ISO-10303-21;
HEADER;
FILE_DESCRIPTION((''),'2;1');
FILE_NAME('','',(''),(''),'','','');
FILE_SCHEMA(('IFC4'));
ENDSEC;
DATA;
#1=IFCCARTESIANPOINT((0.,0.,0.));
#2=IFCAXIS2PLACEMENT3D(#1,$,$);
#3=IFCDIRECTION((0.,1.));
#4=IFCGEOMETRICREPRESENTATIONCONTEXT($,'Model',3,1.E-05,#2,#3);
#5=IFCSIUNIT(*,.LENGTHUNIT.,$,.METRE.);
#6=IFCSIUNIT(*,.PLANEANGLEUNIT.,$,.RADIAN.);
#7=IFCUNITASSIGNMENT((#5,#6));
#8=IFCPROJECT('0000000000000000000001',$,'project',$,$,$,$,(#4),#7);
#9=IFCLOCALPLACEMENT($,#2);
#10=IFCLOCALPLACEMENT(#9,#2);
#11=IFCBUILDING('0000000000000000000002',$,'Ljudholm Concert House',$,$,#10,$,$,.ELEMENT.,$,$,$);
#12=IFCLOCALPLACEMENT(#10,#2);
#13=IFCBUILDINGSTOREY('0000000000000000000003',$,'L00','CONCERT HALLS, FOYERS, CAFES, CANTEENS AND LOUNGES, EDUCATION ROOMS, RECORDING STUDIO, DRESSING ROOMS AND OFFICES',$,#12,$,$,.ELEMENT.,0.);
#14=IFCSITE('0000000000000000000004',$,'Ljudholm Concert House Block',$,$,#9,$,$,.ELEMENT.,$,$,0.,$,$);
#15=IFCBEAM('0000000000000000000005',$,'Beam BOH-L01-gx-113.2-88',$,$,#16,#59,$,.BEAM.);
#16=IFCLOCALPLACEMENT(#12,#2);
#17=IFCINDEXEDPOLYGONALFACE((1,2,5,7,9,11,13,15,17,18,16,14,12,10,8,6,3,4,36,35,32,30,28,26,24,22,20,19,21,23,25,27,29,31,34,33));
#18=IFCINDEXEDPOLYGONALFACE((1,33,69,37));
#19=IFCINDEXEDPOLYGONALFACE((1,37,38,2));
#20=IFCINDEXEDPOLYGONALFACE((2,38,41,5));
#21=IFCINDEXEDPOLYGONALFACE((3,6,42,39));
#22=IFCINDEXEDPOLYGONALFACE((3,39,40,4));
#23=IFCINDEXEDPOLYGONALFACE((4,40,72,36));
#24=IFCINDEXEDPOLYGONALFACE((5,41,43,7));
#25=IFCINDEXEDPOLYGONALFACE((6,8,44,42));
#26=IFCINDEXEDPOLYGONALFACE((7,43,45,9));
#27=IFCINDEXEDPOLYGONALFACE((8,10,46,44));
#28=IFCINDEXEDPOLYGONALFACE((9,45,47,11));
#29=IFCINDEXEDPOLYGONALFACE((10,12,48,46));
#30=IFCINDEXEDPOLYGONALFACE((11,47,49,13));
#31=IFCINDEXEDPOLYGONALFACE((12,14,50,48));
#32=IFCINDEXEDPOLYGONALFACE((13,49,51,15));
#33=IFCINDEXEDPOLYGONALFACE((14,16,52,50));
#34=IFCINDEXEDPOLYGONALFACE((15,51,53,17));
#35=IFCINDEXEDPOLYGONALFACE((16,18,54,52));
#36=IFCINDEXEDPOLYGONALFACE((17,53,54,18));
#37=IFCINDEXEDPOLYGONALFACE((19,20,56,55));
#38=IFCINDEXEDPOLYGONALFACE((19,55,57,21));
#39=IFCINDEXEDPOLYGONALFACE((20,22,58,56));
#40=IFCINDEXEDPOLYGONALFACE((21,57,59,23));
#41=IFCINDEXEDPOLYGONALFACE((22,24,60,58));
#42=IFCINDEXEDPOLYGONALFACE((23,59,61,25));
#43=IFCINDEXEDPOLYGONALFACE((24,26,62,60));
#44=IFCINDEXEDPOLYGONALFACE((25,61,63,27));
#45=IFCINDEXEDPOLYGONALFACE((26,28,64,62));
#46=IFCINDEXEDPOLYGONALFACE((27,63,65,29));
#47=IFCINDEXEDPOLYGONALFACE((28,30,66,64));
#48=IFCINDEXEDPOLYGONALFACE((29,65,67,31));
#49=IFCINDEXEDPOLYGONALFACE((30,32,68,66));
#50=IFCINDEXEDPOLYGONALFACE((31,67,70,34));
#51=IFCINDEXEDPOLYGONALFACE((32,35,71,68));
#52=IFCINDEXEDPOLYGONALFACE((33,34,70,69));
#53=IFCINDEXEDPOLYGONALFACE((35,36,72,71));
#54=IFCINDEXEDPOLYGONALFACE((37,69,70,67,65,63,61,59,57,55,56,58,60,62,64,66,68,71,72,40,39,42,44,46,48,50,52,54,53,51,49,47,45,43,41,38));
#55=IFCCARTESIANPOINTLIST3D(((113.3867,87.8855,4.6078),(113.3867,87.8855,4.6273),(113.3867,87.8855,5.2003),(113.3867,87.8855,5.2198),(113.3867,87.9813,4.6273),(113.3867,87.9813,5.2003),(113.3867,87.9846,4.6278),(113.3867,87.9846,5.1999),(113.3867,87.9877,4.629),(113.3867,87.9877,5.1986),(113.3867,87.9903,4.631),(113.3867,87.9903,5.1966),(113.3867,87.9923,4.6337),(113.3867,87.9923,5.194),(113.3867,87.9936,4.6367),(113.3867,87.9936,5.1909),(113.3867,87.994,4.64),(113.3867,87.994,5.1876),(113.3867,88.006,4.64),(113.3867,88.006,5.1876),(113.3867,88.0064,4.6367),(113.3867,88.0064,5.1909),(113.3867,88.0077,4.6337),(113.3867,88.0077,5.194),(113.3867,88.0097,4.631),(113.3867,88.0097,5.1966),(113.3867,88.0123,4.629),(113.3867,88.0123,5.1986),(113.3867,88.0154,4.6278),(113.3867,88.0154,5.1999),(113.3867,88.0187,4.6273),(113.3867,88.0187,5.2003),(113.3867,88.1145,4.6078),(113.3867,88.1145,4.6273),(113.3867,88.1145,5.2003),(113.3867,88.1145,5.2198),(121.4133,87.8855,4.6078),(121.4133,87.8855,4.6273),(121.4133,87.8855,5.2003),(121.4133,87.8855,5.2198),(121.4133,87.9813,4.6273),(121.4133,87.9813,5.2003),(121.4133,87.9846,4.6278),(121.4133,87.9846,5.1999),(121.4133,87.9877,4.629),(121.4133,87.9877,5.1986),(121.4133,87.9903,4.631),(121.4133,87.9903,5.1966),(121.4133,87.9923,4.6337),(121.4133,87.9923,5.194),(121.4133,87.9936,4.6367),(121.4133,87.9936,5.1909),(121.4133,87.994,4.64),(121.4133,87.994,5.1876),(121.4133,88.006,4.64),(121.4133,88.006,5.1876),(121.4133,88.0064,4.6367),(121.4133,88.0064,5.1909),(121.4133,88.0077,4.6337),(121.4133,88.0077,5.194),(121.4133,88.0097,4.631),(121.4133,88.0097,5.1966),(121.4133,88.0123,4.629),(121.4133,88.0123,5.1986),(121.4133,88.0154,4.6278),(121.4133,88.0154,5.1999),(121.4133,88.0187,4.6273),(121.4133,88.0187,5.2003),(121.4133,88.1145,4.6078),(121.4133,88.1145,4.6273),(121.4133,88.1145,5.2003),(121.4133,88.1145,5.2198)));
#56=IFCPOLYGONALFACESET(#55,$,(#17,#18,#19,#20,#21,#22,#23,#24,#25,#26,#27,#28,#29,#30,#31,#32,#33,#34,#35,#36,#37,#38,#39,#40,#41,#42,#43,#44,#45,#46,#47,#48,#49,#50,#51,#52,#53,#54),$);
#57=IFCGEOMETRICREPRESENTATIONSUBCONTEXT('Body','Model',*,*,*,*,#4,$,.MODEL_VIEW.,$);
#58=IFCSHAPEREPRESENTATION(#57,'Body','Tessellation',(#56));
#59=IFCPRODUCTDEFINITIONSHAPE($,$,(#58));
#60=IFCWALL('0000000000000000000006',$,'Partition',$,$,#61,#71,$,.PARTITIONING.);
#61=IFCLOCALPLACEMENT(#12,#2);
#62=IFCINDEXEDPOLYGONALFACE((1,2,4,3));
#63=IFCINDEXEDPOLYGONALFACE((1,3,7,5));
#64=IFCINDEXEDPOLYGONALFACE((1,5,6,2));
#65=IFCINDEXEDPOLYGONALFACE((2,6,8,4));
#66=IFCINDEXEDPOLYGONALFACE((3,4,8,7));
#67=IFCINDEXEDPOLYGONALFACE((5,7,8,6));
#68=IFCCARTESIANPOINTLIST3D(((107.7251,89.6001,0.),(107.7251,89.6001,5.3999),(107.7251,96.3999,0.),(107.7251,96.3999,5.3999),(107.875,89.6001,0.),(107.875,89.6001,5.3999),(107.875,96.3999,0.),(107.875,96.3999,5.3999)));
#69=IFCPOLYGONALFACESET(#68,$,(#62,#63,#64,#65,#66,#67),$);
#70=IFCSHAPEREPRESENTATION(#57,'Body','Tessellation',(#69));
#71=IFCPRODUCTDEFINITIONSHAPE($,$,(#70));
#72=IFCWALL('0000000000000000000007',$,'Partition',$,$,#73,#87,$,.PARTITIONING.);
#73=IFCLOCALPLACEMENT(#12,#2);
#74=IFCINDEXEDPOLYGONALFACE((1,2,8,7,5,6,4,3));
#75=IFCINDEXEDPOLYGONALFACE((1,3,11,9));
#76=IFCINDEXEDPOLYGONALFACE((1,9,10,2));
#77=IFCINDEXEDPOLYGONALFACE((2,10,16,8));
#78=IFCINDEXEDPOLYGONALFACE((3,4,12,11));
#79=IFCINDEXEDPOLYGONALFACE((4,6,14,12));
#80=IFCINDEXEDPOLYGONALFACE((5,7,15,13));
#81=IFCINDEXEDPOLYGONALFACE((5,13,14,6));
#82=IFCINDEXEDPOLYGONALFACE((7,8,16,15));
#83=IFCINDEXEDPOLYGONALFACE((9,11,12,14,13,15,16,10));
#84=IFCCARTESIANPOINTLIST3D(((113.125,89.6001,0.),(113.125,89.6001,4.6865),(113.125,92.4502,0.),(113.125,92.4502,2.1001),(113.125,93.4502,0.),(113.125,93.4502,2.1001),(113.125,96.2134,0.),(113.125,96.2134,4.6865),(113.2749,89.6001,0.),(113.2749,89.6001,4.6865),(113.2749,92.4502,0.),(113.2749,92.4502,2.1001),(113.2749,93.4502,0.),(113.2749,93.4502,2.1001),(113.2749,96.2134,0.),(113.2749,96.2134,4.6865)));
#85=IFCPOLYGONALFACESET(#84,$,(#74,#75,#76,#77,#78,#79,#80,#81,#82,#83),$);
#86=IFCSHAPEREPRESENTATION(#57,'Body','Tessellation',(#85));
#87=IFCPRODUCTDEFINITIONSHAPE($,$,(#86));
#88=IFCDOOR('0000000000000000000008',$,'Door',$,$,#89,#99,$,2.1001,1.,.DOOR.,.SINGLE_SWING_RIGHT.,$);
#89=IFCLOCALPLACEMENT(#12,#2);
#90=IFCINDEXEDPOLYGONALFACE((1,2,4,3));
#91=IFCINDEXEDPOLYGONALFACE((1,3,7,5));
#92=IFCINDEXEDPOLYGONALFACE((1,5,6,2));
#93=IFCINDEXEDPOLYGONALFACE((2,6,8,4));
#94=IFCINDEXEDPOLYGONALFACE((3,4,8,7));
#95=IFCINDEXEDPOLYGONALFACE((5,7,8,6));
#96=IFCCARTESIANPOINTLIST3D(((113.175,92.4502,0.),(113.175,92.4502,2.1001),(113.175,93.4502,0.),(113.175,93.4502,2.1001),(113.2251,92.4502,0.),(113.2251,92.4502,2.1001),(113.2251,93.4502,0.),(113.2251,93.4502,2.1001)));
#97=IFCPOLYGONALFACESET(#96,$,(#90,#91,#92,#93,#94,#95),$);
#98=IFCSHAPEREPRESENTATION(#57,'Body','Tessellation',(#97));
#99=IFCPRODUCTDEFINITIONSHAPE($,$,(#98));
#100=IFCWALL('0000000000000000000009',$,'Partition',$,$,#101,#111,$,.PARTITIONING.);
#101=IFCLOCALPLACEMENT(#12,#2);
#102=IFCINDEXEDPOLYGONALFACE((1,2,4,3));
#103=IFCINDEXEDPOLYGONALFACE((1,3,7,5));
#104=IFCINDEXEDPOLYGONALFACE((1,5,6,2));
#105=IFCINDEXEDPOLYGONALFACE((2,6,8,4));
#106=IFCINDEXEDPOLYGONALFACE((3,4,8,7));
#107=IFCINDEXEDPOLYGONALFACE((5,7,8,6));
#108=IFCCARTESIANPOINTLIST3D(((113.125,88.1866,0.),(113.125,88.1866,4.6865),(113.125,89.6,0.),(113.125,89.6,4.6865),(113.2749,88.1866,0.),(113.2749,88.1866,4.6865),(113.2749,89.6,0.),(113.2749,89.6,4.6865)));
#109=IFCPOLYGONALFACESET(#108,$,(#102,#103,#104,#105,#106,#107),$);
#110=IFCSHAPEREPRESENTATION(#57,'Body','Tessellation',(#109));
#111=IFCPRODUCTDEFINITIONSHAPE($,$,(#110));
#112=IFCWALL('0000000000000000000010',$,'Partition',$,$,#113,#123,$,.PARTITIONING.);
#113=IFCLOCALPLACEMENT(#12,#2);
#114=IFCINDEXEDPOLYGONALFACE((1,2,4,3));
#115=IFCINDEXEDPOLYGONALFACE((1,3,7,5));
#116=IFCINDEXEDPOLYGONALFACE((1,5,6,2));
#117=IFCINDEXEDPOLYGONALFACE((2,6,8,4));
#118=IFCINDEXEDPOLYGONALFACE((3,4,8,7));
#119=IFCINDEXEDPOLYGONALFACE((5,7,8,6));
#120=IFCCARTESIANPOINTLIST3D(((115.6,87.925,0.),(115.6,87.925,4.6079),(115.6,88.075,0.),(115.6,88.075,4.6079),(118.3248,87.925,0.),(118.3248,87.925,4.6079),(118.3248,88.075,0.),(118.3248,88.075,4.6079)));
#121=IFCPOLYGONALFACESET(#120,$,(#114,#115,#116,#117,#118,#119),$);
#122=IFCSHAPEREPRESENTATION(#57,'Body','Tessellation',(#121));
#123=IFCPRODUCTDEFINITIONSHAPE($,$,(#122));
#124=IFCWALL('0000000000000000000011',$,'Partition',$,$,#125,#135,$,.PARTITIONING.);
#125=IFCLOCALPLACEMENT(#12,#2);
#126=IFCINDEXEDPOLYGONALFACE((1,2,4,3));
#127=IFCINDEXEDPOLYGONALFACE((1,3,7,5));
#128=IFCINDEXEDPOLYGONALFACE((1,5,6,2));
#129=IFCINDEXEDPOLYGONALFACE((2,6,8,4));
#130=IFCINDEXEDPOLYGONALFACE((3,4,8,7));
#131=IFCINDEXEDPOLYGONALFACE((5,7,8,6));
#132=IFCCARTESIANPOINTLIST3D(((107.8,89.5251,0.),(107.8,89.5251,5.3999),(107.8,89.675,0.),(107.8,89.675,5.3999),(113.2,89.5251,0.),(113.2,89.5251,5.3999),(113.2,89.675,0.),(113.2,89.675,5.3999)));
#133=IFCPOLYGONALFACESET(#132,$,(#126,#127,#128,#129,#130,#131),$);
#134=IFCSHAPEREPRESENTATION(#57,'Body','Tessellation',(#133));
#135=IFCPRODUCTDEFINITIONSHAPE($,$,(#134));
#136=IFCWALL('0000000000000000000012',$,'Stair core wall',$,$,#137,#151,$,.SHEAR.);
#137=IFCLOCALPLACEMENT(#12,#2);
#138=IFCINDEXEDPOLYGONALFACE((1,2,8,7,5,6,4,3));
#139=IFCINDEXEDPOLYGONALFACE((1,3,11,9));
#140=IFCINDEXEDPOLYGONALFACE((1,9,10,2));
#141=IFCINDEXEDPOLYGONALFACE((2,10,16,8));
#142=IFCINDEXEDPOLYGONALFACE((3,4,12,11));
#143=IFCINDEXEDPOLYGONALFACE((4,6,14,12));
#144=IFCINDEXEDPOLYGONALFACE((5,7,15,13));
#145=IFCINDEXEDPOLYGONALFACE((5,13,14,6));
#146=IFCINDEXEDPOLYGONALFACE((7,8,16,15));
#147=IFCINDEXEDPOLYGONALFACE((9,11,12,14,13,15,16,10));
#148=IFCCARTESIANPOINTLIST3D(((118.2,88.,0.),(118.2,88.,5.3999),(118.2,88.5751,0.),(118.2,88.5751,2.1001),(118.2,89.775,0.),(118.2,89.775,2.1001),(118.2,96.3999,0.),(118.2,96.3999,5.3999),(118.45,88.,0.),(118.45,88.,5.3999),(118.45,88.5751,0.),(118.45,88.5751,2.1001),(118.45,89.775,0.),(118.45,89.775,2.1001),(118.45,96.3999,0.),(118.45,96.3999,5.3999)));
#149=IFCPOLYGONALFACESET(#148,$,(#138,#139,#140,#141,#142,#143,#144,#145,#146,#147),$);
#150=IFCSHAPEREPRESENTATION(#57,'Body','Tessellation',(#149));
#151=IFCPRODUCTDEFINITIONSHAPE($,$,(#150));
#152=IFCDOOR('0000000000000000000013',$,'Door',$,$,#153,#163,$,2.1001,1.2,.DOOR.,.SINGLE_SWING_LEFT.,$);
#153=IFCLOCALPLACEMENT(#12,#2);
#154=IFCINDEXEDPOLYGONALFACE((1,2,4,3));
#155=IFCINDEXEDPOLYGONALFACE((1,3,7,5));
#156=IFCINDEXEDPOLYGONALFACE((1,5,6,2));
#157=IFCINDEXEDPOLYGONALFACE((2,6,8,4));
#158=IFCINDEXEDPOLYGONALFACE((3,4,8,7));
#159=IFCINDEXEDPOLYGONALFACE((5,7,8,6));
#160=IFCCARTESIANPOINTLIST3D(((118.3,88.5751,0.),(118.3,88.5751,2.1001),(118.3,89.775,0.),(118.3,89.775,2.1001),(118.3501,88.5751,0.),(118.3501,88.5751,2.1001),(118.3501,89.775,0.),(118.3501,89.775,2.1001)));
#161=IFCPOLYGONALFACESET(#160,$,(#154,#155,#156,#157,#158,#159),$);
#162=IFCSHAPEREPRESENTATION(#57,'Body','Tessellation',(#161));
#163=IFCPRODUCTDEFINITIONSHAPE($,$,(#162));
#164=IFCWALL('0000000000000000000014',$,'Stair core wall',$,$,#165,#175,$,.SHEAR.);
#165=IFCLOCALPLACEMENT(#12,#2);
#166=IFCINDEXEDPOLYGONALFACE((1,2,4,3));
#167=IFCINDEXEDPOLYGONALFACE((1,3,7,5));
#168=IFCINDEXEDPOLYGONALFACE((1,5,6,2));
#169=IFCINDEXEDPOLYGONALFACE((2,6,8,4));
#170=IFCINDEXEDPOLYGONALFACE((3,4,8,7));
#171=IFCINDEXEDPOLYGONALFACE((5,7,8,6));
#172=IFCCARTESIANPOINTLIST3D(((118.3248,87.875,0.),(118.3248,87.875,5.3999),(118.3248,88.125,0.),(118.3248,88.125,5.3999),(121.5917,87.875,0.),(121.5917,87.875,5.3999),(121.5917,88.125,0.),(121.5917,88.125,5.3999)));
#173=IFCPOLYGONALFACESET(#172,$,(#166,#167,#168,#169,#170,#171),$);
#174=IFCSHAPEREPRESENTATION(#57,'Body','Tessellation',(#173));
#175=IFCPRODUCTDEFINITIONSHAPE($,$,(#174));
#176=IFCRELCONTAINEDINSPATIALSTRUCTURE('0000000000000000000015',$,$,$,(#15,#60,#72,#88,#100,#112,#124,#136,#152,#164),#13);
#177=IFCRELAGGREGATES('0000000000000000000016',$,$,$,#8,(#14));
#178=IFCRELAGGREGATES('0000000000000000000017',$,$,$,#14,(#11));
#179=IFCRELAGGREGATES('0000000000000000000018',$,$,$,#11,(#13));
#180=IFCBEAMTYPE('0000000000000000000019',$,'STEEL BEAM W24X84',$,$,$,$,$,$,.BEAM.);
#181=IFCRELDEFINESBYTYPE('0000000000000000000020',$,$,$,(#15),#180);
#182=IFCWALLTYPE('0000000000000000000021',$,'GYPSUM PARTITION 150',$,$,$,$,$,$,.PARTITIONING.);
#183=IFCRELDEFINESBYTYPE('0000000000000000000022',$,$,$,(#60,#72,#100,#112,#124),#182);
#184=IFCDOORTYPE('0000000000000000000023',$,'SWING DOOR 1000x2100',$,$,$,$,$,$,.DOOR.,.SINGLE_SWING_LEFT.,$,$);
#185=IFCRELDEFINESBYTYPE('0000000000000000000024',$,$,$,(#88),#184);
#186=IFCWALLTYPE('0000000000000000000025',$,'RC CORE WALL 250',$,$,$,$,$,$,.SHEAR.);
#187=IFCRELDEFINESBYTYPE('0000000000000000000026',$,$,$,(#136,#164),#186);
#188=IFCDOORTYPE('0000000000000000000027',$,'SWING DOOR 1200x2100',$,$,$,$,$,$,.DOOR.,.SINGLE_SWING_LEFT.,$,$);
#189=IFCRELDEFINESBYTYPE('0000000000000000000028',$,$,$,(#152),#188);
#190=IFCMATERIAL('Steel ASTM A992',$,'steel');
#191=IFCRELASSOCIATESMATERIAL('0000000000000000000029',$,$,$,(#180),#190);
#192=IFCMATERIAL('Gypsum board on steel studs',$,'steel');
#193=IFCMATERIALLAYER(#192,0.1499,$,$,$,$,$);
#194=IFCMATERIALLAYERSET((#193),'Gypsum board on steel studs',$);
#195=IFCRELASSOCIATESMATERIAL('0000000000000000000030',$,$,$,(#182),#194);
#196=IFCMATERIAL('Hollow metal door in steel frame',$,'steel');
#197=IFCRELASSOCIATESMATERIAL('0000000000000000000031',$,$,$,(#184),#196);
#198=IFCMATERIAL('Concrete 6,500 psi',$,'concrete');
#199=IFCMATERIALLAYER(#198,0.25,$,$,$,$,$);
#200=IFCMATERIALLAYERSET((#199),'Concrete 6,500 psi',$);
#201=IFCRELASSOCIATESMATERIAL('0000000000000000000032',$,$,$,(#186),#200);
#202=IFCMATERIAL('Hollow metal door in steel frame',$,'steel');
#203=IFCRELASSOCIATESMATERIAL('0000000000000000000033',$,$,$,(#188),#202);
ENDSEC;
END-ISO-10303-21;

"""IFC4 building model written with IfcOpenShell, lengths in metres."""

from ifc_helpers import new_model, si_unit, direction, frame, frame_2d, origin, origin_2d, place, context, subcontext, project, spatial, rectangle, i_section, extrude, material, layer, layer_set, material_profile, profile_set, type_object, element, fill, save


model = new_model("IFC4")

# Units and contexts
model_context = context("Model", 3, precision=1e-05, world=origin(), true_north=direction((0.0, 1.0)))
body_context = subcontext(model_context, "Body", "Model", "MODEL_VIEW")
ifc_project = project(units=[si_unit("LENGTHUNIT", "METRE"), si_unit("PLANEANGLEUNIT", "RADIAN")], contexts=[model_context])

# Site, building, storey
site_placement = place(None, origin())
site = spatial("IfcSite", under=ifc_project, at=site_placement, Name="Ljudholm Concert House Block", CompositionType="ELEMENT", RefElevation=0.0)
building_placement = place(site_placement, origin())
building = spatial("IfcBuilding", under=site, at=building_placement, Name="Ljudholm Concert House", CompositionType="ELEMENT")
storey_placement = place(building_placement, origin())
storey = spatial("IfcBuildingStorey", under=building, at=storey_placement, Name="L00", Description="CONCERT HALLS, FOYERS, CAFES, CANTEENS AND LOUNGES, EDUCATION ROOMS, RECORDING STUDIO, DRESSING ROOMS AND OFFICES", CompositionType="ELEMENT", Elevation=0.0)

# Beam
ifc_material_1 = material(Name="Steel ASTM A992", Category="steel")
ifc_material_profile_1 = material_profile(ifc_material_1, i_section(OverallWidth=0.229, OverallDepth=0.6121, WebThickness=0.012, FlangeThickness=0.0195, FilletRadius=0.0127, at=origin_2d()), Name="W24X84")
ifc_profile_set_1 = profile_set([ifc_material_profile_1], Name="Steel ASTM A992")
beam_type_1 = type_object("IfcBeamType", Name="STEEL BEAM W24X84", PredefinedType="BEAM", material=ifc_profile_set_1)
beam_placement = place(storey_placement, frame((113.3867, 88.0, 4.9138), z_axis=(1.0, 0.0, 0.0), x_axis=(0.0, 1.0, 0.0)))
element("IfcBeam", 1, at=beam_placement, inside=storey, type_object=beam_type_1, Name="Beam BOH-L01-gx-113.2-88", PredefinedType="BEAM", context=body_context, shape_type="SweptSolid", body=[
    extrude(i_section(OverallWidth=0.229, OverallDepth=0.6121, WebThickness=0.012, FlangeThickness=0.0195, FilletRadius=0.0127, at=origin_2d()), origin(), (0.0, 0.0, 1.0), 8.0266),
])

# Wall
ifc_material_2 = material(Name="Gypsum board on steel studs", Category="steel")
ifc_layer_1 = layer(ifc_material_2, 0.1499)
ifc_layer_set_1 = layer_set([ifc_layer_1], Name="Gypsum board on steel studs")
wall_type_1 = type_object("IfcWallType", Name="GYPSUM PARTITION 150", PredefinedType="PARTITIONING", material=ifc_layer_set_1)
wall_1_placement = place(storey_placement, frame((107.8, 89.6001, 0.0), z_axis=(0.0, 0.0, 1.0), x_axis=(0.0, 1.0, 0.0)))
element("IfcWall", 2, at=wall_1_placement, inside=storey, type_object=wall_type_1, Name="Partition", PredefinedType="PARTITIONING", context=body_context, shape_type="SweptSolid", body=[
    extrude(rectangle(XDim=6.7998, YDim=0.1499, at=frame_2d((3.3999, 0.0))), origin(), (0.0, 0.0, 1.0), 5.3999),
])

# Wall, opening, door
wall_2_placement = place(storey_placement, frame((113.2, 89.6001, 0.0), z_axis=(0.0, 0.0, 1.0), x_axis=(0.0, 1.0, 0.0)))
wall_2 = element("IfcWall", 3, at=wall_2_placement, inside=storey, type_object=wall_type_1, Name="Partition", PredefinedType="PARTITIONING", context=body_context, shape_type="SweptSolid", body=[
    extrude(rectangle(XDim=6.6133, YDim=0.1499, at=frame_2d((3.3066, 0.0))), origin(), (0.0, 0.0, 1.0), 4.6865),
])
opening_1_placement = place(wall_2_placement, frame((2.8501, 0.0, 0.0)))
opening_1 = element("IfcOpeningElement", 4, at=opening_1_placement, cuts=wall_2, PredefinedType="OPENING", context=body_context, shape_type="SweptSolid", body=[
    extrude(rectangle(XDim=1.0, YDim=2.1001, at=frame_2d((0.5, 1.05))), frame((0.0, 0.085, 0.0), z_axis=(0.0, -1.0, 0.0), x_axis=(1.0, 0.0, 0.0)), (0.0, 0.0, 1.0), 0.1699),
])
ifc_material_3 = material(Name="Hollow metal door in steel frame", Category="steel")
door_type_1 = type_object("IfcDoorType", Name="SWING DOOR 1000x2100", OperationType="SINGLE_SWING_LEFT", PredefinedType="DOOR", material=ifc_material_3)
door_1_placement = place(opening_1_placement, origin())
door_1 = element("IfcDoor", 5, at=door_1_placement, inside=storey, type_object=door_type_1, Name="Door", OperationType="SINGLE_SWING_RIGHT", OverallHeight=2.1001, OverallWidth=1.0, PredefinedType="DOOR", context=body_context, shape_type="SweptSolid", body=[
    extrude(rectangle(XDim=1.0, YDim=2.1001, at=frame_2d((0.5, 1.05))), frame((0.0, 0.0249, 0.0), z_axis=(0.0, -1.0, 0.0), x_axis=(1.0, 0.0, 0.0)), (0.0, 0.0, 1.0), 0.05),
])
fill(opening_1, door_1)

# Walls
wall_3_placement = place(storey_placement, frame((113.2, 88.1868, 0.0), z_axis=(0.0, 0.0, 1.0), x_axis=(0.0, 1.0, 0.0)))
element("IfcWall", 6, at=wall_3_placement, inside=storey, type_object=wall_type_1, Name="Partition", PredefinedType="PARTITIONING", context=body_context, shape_type="SweptSolid", body=[
    extrude(rectangle(XDim=1.4133, YDim=0.1499, at=frame_2d((0.7065, 0.0))), origin(), (0.0, 0.0, 1.0), 4.6865),
])
wall_4_placement = place(storey_placement, frame((115.6001, 88.0, 0.0), z_axis=(0.0, 0.0, 1.0), x_axis=(1.0, 0.0, 0.0)))
element("IfcWall", 7, at=wall_4_placement, inside=storey, type_object=wall_type_1, Name="Partition", PredefinedType="PARTITIONING", context=body_context, shape_type="SweptSolid", body=[
    extrude(rectangle(XDim=2.7249, YDim=0.1499, at=frame_2d((1.3623, 0.0))), origin(), (0.0, 0.0, 1.0), 4.6079),
])
wall_5_placement = place(storey_placement, frame((107.8, 89.6001, 0.0), z_axis=(0.0, 0.0, 1.0), x_axis=(1.0, 0.0, 0.0)))
element("IfcWall", 8, at=wall_5_placement, inside=storey, type_object=wall_type_1, Name="Partition", PredefinedType="PARTITIONING", context=body_context, shape_type="SweptSolid", body=[
    extrude(rectangle(XDim=5.3999, YDim=0.1499, at=frame_2d((2.7, 0.0))), origin(), (0.0, 0.0, 1.0), 5.3999),
])

# Wall, opening, door
ifc_material_4 = material(Name="Concrete 6,500 psi", Category="concrete")
ifc_layer_2 = layer(ifc_material_4, 0.25)
ifc_layer_set_2 = layer_set([ifc_layer_2], Name="Concrete 6,500 psi")
wall_type_2 = type_object("IfcWallType", Name="RC CORE WALL 250", PredefinedType="SHEAR", material=ifc_layer_set_2)
wall_6_placement = place(storey_placement, frame((118.325, 88.0, 0.0), z_axis=(0.0, 0.0, 1.0), x_axis=(0.0, 1.0, 0.0)))
wall_6 = element("IfcWall", 9, at=wall_6_placement, inside=storey, type_object=wall_type_2, Name="Stair core wall", PredefinedType="SHEAR", context=body_context, shape_type="SweptSolid", body=[
    extrude(rectangle(XDim=8.3999, YDim=0.25, at=frame_2d((4.2, 0.0))), origin(), (0.0, 0.0, 1.0), 5.3999),
])
opening_2_placement = place(wall_6_placement, frame((0.575, 0.0, 0.0)))
opening_2 = element("IfcOpeningElement", 10, at=opening_2_placement, cuts=wall_6, PredefinedType="OPENING", context=body_context, shape_type="SweptSolid", body=[
    extrude(rectangle(XDim=1.2, YDim=2.1001, at=frame_2d((0.6001, 1.05))), frame((0.0, 0.135, 0.0), z_axis=(0.0, -1.0, 0.0), x_axis=(1.0, 0.0, 0.0)), (0.0, 0.0, 1.0), 0.27),
])
ifc_material_5 = material(Name="Hollow metal door in steel frame", Category="steel")
door_type_2 = type_object("IfcDoorType", Name="SWING DOOR 1200x2100", OperationType="SINGLE_SWING_LEFT", PredefinedType="DOOR", material=ifc_material_5)
door_2_placement = place(opening_2_placement, origin())
door_2 = element("IfcDoor", 11, at=door_2_placement, inside=storey, type_object=door_type_2, Name="Door", OperationType="SINGLE_SWING_LEFT", OverallHeight=2.1001, OverallWidth=1.2, PredefinedType="DOOR", context=body_context, shape_type="SweptSolid", body=[
    extrude(rectangle(XDim=1.2, YDim=2.1001, at=frame_2d((0.6001, 1.05))), frame((0.0, 0.0249, 0.0), z_axis=(0.0, -1.0, 0.0), x_axis=(1.0, 0.0, 0.0)), (0.0, 0.0, 1.0), 0.05),
])
fill(opening_2, door_2)

# Wall
wall_7_placement = place(storey_placement, frame((118.325, 88.0, 0.0), z_axis=(0.0, 0.0, 1.0), x_axis=(1.0, 0.0, 0.0)))
element("IfcWall", 12, at=wall_7_placement, inside=storey, type_object=wall_type_2, Name="Stair core wall", PredefinedType="SHEAR", context=body_context, shape_type="SweptSolid", body=[
    extrude(rectangle(XDim=3.2668, YDim=0.25, at=frame_2d((1.6333, 0.0))), origin(), (0.0, 0.0, 1.0), 5.3999),
])

save(model, "model.ifc")
